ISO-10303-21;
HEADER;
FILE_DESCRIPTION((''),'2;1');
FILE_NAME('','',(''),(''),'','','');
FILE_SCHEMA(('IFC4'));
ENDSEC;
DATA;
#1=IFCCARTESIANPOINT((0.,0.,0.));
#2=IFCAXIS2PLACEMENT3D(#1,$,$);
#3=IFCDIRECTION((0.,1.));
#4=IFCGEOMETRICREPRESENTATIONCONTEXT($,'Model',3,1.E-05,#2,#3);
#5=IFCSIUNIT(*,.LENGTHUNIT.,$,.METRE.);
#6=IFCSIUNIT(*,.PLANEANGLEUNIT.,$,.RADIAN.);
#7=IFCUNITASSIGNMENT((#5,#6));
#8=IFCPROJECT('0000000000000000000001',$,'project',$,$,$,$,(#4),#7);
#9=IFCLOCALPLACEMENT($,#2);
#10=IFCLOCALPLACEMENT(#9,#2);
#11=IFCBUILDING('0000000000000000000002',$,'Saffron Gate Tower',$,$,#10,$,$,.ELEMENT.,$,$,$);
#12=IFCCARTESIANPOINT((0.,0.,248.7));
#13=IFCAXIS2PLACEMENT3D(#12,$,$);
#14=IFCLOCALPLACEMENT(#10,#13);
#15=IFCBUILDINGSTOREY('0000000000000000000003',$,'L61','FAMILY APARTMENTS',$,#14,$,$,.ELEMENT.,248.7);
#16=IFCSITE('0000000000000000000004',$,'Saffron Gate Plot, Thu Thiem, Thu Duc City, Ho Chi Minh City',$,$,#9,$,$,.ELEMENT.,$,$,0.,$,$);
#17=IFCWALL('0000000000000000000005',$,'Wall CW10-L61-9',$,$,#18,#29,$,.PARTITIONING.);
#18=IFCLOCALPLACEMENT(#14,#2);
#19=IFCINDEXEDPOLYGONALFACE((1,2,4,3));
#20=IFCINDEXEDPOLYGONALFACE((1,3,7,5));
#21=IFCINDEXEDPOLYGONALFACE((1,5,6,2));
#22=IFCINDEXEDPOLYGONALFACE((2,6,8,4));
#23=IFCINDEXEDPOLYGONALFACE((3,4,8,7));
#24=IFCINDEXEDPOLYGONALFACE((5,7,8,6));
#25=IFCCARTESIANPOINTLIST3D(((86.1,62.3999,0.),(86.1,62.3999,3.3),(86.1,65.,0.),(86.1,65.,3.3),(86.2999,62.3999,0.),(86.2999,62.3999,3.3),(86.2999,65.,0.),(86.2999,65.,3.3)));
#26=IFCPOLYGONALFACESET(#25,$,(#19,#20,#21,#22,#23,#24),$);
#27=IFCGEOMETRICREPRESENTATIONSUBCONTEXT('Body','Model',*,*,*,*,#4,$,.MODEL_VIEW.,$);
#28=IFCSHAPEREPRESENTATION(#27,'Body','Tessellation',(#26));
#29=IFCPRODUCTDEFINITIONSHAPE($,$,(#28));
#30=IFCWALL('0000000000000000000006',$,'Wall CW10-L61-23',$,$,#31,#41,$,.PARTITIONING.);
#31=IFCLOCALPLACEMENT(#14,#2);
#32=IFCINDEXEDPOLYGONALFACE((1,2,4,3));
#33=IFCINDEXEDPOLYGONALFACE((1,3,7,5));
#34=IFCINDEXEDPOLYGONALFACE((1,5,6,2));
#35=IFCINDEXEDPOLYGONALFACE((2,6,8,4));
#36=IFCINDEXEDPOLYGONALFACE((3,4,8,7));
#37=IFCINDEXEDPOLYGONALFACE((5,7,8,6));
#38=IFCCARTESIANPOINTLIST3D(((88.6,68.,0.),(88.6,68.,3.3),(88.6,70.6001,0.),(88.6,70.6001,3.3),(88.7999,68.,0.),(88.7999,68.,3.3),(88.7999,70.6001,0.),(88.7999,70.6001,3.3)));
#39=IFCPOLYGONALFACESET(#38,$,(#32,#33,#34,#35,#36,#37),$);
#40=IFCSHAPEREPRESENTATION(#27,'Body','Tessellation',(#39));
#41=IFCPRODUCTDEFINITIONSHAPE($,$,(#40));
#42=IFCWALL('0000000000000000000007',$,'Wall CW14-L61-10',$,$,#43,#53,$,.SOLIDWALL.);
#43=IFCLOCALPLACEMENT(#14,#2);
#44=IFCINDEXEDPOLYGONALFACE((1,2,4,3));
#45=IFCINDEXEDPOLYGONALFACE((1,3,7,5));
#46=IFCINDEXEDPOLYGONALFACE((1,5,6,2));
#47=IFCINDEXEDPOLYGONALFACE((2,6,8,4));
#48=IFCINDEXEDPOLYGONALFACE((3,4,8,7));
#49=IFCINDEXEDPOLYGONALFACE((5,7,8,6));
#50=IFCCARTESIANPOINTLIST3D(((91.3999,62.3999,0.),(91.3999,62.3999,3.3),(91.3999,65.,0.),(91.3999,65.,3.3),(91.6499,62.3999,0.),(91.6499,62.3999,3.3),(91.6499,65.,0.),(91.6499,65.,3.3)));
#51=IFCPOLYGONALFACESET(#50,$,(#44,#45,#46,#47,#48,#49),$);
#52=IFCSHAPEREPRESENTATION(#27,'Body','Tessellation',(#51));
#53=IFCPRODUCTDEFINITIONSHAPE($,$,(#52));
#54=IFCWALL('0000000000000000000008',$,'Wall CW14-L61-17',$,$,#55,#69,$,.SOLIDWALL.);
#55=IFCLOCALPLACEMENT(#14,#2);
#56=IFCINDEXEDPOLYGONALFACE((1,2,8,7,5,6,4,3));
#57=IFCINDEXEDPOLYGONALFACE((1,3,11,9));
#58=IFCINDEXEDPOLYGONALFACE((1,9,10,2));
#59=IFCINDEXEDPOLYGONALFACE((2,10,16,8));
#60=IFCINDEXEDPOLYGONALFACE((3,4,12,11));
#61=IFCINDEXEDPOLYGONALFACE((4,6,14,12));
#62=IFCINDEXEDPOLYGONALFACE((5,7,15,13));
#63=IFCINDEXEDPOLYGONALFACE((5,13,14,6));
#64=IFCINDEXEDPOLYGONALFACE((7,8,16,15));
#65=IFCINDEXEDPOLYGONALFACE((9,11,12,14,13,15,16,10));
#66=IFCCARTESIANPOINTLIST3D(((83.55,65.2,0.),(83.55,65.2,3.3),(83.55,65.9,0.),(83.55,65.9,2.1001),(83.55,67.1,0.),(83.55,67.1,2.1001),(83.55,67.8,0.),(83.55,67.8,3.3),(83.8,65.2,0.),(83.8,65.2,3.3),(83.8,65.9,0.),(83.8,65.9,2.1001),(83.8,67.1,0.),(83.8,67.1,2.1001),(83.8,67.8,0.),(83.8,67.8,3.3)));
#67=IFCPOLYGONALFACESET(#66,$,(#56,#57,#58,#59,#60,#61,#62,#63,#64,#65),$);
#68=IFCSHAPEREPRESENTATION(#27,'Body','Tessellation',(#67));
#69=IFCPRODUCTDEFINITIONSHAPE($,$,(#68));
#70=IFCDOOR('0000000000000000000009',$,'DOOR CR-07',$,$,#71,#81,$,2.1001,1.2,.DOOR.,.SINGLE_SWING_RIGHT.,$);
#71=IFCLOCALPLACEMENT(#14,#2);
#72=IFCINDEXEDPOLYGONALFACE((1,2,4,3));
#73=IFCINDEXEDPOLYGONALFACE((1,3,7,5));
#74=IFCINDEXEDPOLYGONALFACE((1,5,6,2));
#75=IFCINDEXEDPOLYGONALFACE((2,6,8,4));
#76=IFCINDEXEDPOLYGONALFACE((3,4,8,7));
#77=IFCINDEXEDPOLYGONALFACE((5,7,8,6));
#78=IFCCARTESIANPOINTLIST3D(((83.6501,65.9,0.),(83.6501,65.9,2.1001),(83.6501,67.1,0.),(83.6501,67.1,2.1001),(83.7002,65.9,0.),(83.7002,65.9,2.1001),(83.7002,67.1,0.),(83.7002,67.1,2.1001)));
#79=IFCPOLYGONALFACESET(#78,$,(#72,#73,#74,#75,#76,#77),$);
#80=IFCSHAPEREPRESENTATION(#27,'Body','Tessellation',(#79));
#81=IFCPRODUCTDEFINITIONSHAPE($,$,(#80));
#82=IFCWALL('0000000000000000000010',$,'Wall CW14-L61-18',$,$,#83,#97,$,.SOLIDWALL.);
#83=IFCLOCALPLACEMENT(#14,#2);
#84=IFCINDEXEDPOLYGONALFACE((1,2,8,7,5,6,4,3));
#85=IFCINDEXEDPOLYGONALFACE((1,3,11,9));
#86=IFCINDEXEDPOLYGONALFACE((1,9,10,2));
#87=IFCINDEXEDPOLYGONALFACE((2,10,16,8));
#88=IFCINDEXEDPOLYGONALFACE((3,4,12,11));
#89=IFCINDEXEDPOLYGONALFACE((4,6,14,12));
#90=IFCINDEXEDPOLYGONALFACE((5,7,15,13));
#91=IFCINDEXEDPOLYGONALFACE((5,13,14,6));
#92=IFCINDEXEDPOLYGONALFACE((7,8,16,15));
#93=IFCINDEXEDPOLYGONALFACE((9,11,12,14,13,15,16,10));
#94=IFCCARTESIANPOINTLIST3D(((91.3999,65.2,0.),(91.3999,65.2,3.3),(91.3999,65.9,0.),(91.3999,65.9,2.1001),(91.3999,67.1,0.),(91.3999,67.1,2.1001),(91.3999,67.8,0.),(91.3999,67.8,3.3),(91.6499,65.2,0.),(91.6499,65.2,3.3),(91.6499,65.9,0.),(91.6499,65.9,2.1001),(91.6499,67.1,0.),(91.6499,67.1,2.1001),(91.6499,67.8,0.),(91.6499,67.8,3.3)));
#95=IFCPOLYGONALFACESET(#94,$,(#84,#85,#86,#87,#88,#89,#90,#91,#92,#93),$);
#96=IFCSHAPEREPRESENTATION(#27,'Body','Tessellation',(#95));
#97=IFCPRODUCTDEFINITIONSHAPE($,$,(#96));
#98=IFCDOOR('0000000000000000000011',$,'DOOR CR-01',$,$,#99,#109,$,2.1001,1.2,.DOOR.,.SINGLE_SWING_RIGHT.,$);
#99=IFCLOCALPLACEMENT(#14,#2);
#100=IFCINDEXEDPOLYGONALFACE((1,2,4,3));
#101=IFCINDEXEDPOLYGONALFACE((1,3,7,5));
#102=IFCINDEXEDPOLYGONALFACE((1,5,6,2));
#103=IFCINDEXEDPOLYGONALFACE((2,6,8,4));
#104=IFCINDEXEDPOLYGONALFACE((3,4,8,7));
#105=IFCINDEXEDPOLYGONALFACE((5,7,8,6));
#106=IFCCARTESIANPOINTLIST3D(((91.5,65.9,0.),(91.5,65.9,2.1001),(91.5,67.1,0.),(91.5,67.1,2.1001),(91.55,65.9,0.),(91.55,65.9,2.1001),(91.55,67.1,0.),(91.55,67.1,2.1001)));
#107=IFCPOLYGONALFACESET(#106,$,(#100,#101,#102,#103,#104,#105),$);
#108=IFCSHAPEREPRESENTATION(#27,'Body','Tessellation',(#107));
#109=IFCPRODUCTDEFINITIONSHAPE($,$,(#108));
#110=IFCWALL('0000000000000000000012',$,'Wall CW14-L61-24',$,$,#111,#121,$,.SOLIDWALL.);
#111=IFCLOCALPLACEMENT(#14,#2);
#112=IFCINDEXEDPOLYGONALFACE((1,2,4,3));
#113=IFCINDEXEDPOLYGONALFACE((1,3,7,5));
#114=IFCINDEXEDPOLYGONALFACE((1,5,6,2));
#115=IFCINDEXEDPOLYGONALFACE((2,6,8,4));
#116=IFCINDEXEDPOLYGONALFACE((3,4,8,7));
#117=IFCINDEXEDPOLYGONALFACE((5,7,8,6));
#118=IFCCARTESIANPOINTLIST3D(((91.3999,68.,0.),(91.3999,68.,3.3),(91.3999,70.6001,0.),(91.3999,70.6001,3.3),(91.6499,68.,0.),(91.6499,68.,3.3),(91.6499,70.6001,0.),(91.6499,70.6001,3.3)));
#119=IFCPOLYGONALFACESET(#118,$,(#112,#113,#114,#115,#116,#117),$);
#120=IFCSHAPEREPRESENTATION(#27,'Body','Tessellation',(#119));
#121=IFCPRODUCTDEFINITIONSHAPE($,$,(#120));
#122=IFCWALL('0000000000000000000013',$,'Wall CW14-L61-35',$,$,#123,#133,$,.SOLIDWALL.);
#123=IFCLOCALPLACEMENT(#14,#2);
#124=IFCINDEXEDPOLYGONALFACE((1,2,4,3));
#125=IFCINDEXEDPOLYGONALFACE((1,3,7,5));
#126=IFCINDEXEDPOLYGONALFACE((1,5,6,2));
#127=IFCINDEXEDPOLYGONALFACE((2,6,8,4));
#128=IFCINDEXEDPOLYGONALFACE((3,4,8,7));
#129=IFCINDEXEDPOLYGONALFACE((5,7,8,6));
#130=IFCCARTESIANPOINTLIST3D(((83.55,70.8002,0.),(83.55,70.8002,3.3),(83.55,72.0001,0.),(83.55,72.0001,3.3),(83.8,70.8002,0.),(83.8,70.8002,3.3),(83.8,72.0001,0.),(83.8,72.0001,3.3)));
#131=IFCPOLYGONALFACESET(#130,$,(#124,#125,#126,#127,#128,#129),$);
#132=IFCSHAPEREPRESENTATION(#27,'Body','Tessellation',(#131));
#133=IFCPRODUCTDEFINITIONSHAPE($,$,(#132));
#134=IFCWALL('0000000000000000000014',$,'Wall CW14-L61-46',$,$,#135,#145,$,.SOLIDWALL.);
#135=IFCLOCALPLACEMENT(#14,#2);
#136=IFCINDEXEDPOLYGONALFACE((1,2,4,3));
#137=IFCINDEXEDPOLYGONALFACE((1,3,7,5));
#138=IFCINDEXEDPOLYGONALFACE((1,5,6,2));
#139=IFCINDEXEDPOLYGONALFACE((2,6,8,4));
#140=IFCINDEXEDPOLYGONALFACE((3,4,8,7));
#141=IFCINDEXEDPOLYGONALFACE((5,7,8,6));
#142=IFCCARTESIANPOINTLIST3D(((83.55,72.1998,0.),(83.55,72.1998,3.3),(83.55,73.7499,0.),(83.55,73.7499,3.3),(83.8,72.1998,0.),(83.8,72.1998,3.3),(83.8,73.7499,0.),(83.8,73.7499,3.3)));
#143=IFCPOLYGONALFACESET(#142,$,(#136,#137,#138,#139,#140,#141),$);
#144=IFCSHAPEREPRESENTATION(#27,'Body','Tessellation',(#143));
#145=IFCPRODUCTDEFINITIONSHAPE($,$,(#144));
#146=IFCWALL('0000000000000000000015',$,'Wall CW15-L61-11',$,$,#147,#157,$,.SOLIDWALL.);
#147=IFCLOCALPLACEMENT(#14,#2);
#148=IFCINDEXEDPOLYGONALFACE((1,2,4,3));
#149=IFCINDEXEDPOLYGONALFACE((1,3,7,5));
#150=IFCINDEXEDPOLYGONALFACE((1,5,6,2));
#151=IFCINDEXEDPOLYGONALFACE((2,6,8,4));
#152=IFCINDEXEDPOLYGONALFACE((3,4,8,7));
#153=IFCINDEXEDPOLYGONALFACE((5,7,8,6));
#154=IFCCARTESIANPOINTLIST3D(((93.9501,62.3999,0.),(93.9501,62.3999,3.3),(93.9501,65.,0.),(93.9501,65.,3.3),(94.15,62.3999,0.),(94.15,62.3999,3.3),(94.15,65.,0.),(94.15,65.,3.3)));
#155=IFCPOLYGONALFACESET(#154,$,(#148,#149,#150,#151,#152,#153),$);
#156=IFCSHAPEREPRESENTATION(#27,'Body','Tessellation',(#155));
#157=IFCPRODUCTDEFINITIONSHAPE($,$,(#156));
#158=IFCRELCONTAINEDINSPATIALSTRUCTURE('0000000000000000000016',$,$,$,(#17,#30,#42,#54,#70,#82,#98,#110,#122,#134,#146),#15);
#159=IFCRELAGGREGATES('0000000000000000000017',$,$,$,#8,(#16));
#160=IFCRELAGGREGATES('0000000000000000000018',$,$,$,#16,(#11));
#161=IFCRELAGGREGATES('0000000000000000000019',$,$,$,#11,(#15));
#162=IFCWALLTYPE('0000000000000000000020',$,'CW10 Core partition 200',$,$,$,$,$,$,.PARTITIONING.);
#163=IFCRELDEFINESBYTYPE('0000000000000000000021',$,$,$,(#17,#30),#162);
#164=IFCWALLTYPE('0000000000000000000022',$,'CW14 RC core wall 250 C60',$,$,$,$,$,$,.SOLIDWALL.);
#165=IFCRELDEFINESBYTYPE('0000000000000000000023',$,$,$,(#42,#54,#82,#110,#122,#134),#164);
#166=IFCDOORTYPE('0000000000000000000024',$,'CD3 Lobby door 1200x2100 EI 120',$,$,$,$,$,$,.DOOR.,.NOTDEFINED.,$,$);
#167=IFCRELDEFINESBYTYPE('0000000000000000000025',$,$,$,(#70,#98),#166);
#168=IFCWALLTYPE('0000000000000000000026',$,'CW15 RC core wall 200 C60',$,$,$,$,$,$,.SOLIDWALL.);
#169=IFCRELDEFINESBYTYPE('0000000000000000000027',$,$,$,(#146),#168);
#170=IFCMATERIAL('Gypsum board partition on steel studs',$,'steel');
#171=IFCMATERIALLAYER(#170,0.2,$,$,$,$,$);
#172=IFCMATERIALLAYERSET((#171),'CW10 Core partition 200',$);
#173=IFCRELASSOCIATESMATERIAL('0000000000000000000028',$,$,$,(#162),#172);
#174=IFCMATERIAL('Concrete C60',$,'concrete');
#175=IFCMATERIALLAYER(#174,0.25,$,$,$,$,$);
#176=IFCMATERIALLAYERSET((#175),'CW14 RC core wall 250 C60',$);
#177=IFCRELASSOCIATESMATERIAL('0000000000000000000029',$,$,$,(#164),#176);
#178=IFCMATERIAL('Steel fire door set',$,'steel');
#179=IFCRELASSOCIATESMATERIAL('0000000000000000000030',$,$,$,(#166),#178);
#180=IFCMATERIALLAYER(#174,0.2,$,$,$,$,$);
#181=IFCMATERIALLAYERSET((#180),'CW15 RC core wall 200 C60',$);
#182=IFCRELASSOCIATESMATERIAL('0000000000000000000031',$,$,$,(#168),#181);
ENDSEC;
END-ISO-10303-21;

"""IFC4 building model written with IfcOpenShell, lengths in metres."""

from ifc_helpers import new_model, si_unit, direction, frame, frame_2d, origin, place, context, subcontext, project, spatial, rectangle, extrude, material, layer, layer_set, type_object, element, fill, save


model = new_model("IFC4")

# Units and contexts
model_context = context("Model", 3, precision=1e-05, world=origin(), true_north=direction((0.0, 1.0)))
body_context = subcontext(model_context, "Body", "Model", "MODEL_VIEW")
ifc_project = project(units=[si_unit("LENGTHUNIT", "METRE"), si_unit("PLANEANGLEUNIT", "RADIAN")], contexts=[model_context])

# Site, building, storey
site_placement = place(None, origin())
site = spatial("IfcSite", under=ifc_project, at=site_placement, Name="Saffron Gate Plot, Thu Thiem, Thu Duc City, Ho Chi Minh City", CompositionType="ELEMENT", RefElevation=0.0)
building_placement = place(site_placement, origin())
building = spatial("IfcBuilding", under=site, at=building_placement, Name="Saffron Gate Tower", CompositionType="ELEMENT")
storey_placement = place(building_placement, frame((0.0, 0.0, 248.7)))
storey = spatial("IfcBuildingStorey", under=building, at=storey_placement, Name="L61", Description="FAMILY APARTMENTS", CompositionType="ELEMENT", Elevation=248.7)

# Walls
ifc_material_1 = material(Name="Gypsum board partition on steel studs", Category="steel")
ifc_layer_1 = layer(ifc_material_1, 0.2)
ifc_layer_set_1 = layer_set([ifc_layer_1], Name="CW10 Core partition 200")
wall_type_1 = type_object("IfcWallType", Name="CW10 Core partition 200", PredefinedType="PARTITIONING", material=ifc_layer_set_1)
for number, where, z_axis, x_axis, name in (
    (1, (86.2, 62.3999, 0.0), (0.0, 0.0, 1.0), (0.0, 1.0, 0.0), "Wall CW10-L61-9"),
    (2, (88.7, 68.0, 0.0), (0.0, 0.0, 1.0), (0.0, 1.0, 0.0), "Wall CW10-L61-23"),
):
    element("IfcWall", number, at=place(storey_placement, frame(where, z_axis=z_axis, x_axis=x_axis)), inside=storey, type_object=wall_type_1, Name=name, PredefinedType="PARTITIONING", context=body_context, shape_type="SweptSolid", body=[
        extrude(rectangle(XDim=2.6001, YDim=0.2, at=frame_2d((1.3, 0.0))), origin(), (0.0, 0.0, 1.0), 3.3),
    ])
ifc_material_2 = material(Name="Concrete C60", Category="concrete")
ifc_layer_2 = layer(ifc_material_2, 0.25)
ifc_layer_set_2 = layer_set([ifc_layer_2], Name="CW14 RC core wall 250 C60")
wall_type_2 = type_object("IfcWallType", Name="CW14 RC core wall 250 C60", PredefinedType="SOLIDWALL", material=ifc_layer_set_2)
wall_1_placement = place(storey_placement, frame((91.5249, 62.3999, 0.0), z_axis=(0.0, 0.0, 1.0), x_axis=(0.0, 1.0, 0.0)))
element("IfcWall", 3, at=wall_1_placement, inside=storey, type_object=wall_type_2, Name="Wall CW14-L61-10", PredefinedType="SOLIDWALL", context=body_context, shape_type="SweptSolid", body=[
    extrude(rectangle(XDim=2.6001, YDim=0.25, at=frame_2d((1.3, 0.0))), origin(), (0.0, 0.0, 1.0), 3.3),
])

# Walls, openings, doors
wall_2_placement = place(storey_placement, frame((83.675, 65.2, 0.0), z_axis=(0.0, 0.0, 1.0), x_axis=(0.0, 1.0, 0.0)))
wall_2 = element("IfcWall", 4, at=wall_2_placement, inside=storey, type_object=wall_type_2, Name="Wall CW14-L61-17", PredefinedType="SOLIDWALL", context=body_context, shape_type="SweptSolid", body=[
    extrude(rectangle(XDim=2.6001, YDim=0.25, at=frame_2d((1.3, 0.0))), origin(), (0.0, 0.0, 1.0), 3.3),
])
opening_1_placement = place(wall_2_placement, frame((0.7, 0.0, 0.0)))
opening_1 = element("IfcOpeningElement", 5, at=opening_1_placement, cuts=wall_2, PredefinedType="OPENING", context=body_context, shape_type="SweptSolid", body=[
    extrude(rectangle(XDim=1.2, YDim=2.1001, at=frame_2d((0.6001, 1.05))), frame((0.0, 0.135, 0.0), z_axis=(0.0, -1.0, 0.0), x_axis=(1.0, 0.0, 0.0)), (0.0, 0.0, 1.0), 0.27),
])
ifc_material_3 = material(Name="Steel fire door set", Category="steel")
door_type_1 = type_object("IfcDoorType", Name="CD3 Lobby door 1200x2100 EI 120", OperationType="NOTDEFINED", PredefinedType="DOOR", material=ifc_material_3)
door_1_placement = place(opening_1_placement, origin())
door_1 = element("IfcDoor", 6, at=door_1_placement, inside=storey, type_object=door_type_1, Name="DOOR CR-07", OperationType="SINGLE_SWING_RIGHT", OverallHeight=2.1001, OverallWidth=1.2, PredefinedType="DOOR", context=body_context, shape_type="SweptSolid", body=[
    extrude(rectangle(XDim=1.2, YDim=2.1001, at=frame_2d((0.6001, 1.05))), frame((0.0, 0.0249, 0.0), z_axis=(0.0, -1.0, 0.0), x_axis=(1.0, 0.0, 0.0)), (0.0, 0.0, 1.0), 0.05),
])
fill(opening_1, door_1)
wall_3_placement = place(storey_placement, frame((91.5249, 65.2, 0.0), z_axis=(0.0, 0.0, 1.0), x_axis=(0.0, 1.0, 0.0)))
wall_3 = element("IfcWall", 7, at=wall_3_placement, inside=storey, type_object=wall_type_2, Name="Wall CW14-L61-18", PredefinedType="SOLIDWALL", context=body_context, shape_type="SweptSolid", body=[
    extrude(rectangle(XDim=2.6001, YDim=0.25, at=frame_2d((1.3, 0.0))), origin(), (0.0, 0.0, 1.0), 3.3),
])
opening_2_placement = place(wall_3_placement, frame((0.7, 0.0, 0.0)))
opening_2 = element("IfcOpeningElement", 8, at=opening_2_placement, cuts=wall_3, PredefinedType="OPENING", context=body_context, shape_type="SweptSolid", body=[
    extrude(rectangle(XDim=1.2, YDim=2.1001, at=frame_2d((0.6001, 1.05))), frame((0.0, 0.135, 0.0), z_axis=(0.0, -1.0, 0.0), x_axis=(1.0, 0.0, 0.0)), (0.0, 0.0, 1.0), 0.27),
])
door_2_placement = place(opening_2_placement, origin())
door_2 = element("IfcDoor", 9, at=door_2_placement, inside=storey, type_object=door_type_1, Name="DOOR CR-01", OperationType="SINGLE_SWING_RIGHT", OverallHeight=2.1001, OverallWidth=1.2, PredefinedType="DOOR", context=body_context, shape_type="SweptSolid", body=[
    extrude(rectangle(XDim=1.2, YDim=2.1001, at=frame_2d((0.6001, 1.05))), frame((0.0, 0.0249, 0.0), z_axis=(0.0, -1.0, 0.0), x_axis=(1.0, 0.0, 0.0)), (0.0, 0.0, 1.0), 0.05),
])
fill(opening_2, door_2)

# Walls
wall_4_placement = place(storey_placement, frame((91.5249, 68.0, 0.0), z_axis=(0.0, 0.0, 1.0), x_axis=(0.0, 1.0, 0.0)))
element("IfcWall", 10, at=wall_4_placement, inside=storey, type_object=wall_type_2, Name="Wall CW14-L61-24", PredefinedType="SOLIDWALL", context=body_context, shape_type="SweptSolid", body=[
    extrude(rectangle(XDim=2.6001, YDim=0.25, at=frame_2d((1.3, 0.0))), origin(), (0.0, 0.0, 1.0), 3.3),
])
wall_5_placement = place(storey_placement, frame((83.675, 70.8, 0.0), z_axis=(0.0, 0.0, 1.0), x_axis=(0.0, 1.0, 0.0)))
element("IfcWall", 11, at=wall_5_placement, inside=storey, type_object=wall_type_2, Name="Wall CW14-L61-35", PredefinedType="SOLIDWALL", context=body_context, shape_type="SweptSolid", body=[
    extrude(rectangle(XDim=1.2, YDim=0.25, at=frame_2d((0.6001, 0.0))), origin(), (0.0, 0.0, 1.0), 3.3),
])
wall_6_placement = place(storey_placement, frame((83.675, 72.2, 0.0), z_axis=(0.0, 0.0, 1.0), x_axis=(0.0, 1.0, 0.0)))
element("IfcWall", 12, at=wall_6_placement, inside=storey, type_object=wall_type_2, Name="Wall CW14-L61-46", PredefinedType="SOLIDWALL", context=body_context, shape_type="SweptSolid", body=[
    extrude(rectangle(XDim=1.55, YDim=0.25, at=frame_2d((0.7749, 0.0))), origin(), (0.0, 0.0, 1.0), 3.3),
])
ifc_layer_3 = layer(ifc_material_2, 0.2)
ifc_layer_set_3 = layer_set([ifc_layer_3], Name="CW15 RC core wall 200 C60")
wall_type_3 = type_object("IfcWallType", Name="CW15 RC core wall 200 C60", PredefinedType="SOLIDWALL", material=ifc_layer_set_3)
wall_7_placement = place(storey_placement, frame((94.05, 62.3999, 0.0), z_axis=(0.0, 0.0, 1.0), x_axis=(0.0, 1.0, 0.0)))
element("IfcWall", 13, at=wall_7_placement, inside=storey, type_object=wall_type_3, Name="Wall CW15-L61-11", PredefinedType="SOLIDWALL", context=body_context, shape_type="SweptSolid", body=[
    extrude(rectangle(XDim=2.6001, YDim=0.2, at=frame_2d((1.3, 0.0))), origin(), (0.0, 0.0, 1.0), 3.3),
])

save(model, "model.ifc")
